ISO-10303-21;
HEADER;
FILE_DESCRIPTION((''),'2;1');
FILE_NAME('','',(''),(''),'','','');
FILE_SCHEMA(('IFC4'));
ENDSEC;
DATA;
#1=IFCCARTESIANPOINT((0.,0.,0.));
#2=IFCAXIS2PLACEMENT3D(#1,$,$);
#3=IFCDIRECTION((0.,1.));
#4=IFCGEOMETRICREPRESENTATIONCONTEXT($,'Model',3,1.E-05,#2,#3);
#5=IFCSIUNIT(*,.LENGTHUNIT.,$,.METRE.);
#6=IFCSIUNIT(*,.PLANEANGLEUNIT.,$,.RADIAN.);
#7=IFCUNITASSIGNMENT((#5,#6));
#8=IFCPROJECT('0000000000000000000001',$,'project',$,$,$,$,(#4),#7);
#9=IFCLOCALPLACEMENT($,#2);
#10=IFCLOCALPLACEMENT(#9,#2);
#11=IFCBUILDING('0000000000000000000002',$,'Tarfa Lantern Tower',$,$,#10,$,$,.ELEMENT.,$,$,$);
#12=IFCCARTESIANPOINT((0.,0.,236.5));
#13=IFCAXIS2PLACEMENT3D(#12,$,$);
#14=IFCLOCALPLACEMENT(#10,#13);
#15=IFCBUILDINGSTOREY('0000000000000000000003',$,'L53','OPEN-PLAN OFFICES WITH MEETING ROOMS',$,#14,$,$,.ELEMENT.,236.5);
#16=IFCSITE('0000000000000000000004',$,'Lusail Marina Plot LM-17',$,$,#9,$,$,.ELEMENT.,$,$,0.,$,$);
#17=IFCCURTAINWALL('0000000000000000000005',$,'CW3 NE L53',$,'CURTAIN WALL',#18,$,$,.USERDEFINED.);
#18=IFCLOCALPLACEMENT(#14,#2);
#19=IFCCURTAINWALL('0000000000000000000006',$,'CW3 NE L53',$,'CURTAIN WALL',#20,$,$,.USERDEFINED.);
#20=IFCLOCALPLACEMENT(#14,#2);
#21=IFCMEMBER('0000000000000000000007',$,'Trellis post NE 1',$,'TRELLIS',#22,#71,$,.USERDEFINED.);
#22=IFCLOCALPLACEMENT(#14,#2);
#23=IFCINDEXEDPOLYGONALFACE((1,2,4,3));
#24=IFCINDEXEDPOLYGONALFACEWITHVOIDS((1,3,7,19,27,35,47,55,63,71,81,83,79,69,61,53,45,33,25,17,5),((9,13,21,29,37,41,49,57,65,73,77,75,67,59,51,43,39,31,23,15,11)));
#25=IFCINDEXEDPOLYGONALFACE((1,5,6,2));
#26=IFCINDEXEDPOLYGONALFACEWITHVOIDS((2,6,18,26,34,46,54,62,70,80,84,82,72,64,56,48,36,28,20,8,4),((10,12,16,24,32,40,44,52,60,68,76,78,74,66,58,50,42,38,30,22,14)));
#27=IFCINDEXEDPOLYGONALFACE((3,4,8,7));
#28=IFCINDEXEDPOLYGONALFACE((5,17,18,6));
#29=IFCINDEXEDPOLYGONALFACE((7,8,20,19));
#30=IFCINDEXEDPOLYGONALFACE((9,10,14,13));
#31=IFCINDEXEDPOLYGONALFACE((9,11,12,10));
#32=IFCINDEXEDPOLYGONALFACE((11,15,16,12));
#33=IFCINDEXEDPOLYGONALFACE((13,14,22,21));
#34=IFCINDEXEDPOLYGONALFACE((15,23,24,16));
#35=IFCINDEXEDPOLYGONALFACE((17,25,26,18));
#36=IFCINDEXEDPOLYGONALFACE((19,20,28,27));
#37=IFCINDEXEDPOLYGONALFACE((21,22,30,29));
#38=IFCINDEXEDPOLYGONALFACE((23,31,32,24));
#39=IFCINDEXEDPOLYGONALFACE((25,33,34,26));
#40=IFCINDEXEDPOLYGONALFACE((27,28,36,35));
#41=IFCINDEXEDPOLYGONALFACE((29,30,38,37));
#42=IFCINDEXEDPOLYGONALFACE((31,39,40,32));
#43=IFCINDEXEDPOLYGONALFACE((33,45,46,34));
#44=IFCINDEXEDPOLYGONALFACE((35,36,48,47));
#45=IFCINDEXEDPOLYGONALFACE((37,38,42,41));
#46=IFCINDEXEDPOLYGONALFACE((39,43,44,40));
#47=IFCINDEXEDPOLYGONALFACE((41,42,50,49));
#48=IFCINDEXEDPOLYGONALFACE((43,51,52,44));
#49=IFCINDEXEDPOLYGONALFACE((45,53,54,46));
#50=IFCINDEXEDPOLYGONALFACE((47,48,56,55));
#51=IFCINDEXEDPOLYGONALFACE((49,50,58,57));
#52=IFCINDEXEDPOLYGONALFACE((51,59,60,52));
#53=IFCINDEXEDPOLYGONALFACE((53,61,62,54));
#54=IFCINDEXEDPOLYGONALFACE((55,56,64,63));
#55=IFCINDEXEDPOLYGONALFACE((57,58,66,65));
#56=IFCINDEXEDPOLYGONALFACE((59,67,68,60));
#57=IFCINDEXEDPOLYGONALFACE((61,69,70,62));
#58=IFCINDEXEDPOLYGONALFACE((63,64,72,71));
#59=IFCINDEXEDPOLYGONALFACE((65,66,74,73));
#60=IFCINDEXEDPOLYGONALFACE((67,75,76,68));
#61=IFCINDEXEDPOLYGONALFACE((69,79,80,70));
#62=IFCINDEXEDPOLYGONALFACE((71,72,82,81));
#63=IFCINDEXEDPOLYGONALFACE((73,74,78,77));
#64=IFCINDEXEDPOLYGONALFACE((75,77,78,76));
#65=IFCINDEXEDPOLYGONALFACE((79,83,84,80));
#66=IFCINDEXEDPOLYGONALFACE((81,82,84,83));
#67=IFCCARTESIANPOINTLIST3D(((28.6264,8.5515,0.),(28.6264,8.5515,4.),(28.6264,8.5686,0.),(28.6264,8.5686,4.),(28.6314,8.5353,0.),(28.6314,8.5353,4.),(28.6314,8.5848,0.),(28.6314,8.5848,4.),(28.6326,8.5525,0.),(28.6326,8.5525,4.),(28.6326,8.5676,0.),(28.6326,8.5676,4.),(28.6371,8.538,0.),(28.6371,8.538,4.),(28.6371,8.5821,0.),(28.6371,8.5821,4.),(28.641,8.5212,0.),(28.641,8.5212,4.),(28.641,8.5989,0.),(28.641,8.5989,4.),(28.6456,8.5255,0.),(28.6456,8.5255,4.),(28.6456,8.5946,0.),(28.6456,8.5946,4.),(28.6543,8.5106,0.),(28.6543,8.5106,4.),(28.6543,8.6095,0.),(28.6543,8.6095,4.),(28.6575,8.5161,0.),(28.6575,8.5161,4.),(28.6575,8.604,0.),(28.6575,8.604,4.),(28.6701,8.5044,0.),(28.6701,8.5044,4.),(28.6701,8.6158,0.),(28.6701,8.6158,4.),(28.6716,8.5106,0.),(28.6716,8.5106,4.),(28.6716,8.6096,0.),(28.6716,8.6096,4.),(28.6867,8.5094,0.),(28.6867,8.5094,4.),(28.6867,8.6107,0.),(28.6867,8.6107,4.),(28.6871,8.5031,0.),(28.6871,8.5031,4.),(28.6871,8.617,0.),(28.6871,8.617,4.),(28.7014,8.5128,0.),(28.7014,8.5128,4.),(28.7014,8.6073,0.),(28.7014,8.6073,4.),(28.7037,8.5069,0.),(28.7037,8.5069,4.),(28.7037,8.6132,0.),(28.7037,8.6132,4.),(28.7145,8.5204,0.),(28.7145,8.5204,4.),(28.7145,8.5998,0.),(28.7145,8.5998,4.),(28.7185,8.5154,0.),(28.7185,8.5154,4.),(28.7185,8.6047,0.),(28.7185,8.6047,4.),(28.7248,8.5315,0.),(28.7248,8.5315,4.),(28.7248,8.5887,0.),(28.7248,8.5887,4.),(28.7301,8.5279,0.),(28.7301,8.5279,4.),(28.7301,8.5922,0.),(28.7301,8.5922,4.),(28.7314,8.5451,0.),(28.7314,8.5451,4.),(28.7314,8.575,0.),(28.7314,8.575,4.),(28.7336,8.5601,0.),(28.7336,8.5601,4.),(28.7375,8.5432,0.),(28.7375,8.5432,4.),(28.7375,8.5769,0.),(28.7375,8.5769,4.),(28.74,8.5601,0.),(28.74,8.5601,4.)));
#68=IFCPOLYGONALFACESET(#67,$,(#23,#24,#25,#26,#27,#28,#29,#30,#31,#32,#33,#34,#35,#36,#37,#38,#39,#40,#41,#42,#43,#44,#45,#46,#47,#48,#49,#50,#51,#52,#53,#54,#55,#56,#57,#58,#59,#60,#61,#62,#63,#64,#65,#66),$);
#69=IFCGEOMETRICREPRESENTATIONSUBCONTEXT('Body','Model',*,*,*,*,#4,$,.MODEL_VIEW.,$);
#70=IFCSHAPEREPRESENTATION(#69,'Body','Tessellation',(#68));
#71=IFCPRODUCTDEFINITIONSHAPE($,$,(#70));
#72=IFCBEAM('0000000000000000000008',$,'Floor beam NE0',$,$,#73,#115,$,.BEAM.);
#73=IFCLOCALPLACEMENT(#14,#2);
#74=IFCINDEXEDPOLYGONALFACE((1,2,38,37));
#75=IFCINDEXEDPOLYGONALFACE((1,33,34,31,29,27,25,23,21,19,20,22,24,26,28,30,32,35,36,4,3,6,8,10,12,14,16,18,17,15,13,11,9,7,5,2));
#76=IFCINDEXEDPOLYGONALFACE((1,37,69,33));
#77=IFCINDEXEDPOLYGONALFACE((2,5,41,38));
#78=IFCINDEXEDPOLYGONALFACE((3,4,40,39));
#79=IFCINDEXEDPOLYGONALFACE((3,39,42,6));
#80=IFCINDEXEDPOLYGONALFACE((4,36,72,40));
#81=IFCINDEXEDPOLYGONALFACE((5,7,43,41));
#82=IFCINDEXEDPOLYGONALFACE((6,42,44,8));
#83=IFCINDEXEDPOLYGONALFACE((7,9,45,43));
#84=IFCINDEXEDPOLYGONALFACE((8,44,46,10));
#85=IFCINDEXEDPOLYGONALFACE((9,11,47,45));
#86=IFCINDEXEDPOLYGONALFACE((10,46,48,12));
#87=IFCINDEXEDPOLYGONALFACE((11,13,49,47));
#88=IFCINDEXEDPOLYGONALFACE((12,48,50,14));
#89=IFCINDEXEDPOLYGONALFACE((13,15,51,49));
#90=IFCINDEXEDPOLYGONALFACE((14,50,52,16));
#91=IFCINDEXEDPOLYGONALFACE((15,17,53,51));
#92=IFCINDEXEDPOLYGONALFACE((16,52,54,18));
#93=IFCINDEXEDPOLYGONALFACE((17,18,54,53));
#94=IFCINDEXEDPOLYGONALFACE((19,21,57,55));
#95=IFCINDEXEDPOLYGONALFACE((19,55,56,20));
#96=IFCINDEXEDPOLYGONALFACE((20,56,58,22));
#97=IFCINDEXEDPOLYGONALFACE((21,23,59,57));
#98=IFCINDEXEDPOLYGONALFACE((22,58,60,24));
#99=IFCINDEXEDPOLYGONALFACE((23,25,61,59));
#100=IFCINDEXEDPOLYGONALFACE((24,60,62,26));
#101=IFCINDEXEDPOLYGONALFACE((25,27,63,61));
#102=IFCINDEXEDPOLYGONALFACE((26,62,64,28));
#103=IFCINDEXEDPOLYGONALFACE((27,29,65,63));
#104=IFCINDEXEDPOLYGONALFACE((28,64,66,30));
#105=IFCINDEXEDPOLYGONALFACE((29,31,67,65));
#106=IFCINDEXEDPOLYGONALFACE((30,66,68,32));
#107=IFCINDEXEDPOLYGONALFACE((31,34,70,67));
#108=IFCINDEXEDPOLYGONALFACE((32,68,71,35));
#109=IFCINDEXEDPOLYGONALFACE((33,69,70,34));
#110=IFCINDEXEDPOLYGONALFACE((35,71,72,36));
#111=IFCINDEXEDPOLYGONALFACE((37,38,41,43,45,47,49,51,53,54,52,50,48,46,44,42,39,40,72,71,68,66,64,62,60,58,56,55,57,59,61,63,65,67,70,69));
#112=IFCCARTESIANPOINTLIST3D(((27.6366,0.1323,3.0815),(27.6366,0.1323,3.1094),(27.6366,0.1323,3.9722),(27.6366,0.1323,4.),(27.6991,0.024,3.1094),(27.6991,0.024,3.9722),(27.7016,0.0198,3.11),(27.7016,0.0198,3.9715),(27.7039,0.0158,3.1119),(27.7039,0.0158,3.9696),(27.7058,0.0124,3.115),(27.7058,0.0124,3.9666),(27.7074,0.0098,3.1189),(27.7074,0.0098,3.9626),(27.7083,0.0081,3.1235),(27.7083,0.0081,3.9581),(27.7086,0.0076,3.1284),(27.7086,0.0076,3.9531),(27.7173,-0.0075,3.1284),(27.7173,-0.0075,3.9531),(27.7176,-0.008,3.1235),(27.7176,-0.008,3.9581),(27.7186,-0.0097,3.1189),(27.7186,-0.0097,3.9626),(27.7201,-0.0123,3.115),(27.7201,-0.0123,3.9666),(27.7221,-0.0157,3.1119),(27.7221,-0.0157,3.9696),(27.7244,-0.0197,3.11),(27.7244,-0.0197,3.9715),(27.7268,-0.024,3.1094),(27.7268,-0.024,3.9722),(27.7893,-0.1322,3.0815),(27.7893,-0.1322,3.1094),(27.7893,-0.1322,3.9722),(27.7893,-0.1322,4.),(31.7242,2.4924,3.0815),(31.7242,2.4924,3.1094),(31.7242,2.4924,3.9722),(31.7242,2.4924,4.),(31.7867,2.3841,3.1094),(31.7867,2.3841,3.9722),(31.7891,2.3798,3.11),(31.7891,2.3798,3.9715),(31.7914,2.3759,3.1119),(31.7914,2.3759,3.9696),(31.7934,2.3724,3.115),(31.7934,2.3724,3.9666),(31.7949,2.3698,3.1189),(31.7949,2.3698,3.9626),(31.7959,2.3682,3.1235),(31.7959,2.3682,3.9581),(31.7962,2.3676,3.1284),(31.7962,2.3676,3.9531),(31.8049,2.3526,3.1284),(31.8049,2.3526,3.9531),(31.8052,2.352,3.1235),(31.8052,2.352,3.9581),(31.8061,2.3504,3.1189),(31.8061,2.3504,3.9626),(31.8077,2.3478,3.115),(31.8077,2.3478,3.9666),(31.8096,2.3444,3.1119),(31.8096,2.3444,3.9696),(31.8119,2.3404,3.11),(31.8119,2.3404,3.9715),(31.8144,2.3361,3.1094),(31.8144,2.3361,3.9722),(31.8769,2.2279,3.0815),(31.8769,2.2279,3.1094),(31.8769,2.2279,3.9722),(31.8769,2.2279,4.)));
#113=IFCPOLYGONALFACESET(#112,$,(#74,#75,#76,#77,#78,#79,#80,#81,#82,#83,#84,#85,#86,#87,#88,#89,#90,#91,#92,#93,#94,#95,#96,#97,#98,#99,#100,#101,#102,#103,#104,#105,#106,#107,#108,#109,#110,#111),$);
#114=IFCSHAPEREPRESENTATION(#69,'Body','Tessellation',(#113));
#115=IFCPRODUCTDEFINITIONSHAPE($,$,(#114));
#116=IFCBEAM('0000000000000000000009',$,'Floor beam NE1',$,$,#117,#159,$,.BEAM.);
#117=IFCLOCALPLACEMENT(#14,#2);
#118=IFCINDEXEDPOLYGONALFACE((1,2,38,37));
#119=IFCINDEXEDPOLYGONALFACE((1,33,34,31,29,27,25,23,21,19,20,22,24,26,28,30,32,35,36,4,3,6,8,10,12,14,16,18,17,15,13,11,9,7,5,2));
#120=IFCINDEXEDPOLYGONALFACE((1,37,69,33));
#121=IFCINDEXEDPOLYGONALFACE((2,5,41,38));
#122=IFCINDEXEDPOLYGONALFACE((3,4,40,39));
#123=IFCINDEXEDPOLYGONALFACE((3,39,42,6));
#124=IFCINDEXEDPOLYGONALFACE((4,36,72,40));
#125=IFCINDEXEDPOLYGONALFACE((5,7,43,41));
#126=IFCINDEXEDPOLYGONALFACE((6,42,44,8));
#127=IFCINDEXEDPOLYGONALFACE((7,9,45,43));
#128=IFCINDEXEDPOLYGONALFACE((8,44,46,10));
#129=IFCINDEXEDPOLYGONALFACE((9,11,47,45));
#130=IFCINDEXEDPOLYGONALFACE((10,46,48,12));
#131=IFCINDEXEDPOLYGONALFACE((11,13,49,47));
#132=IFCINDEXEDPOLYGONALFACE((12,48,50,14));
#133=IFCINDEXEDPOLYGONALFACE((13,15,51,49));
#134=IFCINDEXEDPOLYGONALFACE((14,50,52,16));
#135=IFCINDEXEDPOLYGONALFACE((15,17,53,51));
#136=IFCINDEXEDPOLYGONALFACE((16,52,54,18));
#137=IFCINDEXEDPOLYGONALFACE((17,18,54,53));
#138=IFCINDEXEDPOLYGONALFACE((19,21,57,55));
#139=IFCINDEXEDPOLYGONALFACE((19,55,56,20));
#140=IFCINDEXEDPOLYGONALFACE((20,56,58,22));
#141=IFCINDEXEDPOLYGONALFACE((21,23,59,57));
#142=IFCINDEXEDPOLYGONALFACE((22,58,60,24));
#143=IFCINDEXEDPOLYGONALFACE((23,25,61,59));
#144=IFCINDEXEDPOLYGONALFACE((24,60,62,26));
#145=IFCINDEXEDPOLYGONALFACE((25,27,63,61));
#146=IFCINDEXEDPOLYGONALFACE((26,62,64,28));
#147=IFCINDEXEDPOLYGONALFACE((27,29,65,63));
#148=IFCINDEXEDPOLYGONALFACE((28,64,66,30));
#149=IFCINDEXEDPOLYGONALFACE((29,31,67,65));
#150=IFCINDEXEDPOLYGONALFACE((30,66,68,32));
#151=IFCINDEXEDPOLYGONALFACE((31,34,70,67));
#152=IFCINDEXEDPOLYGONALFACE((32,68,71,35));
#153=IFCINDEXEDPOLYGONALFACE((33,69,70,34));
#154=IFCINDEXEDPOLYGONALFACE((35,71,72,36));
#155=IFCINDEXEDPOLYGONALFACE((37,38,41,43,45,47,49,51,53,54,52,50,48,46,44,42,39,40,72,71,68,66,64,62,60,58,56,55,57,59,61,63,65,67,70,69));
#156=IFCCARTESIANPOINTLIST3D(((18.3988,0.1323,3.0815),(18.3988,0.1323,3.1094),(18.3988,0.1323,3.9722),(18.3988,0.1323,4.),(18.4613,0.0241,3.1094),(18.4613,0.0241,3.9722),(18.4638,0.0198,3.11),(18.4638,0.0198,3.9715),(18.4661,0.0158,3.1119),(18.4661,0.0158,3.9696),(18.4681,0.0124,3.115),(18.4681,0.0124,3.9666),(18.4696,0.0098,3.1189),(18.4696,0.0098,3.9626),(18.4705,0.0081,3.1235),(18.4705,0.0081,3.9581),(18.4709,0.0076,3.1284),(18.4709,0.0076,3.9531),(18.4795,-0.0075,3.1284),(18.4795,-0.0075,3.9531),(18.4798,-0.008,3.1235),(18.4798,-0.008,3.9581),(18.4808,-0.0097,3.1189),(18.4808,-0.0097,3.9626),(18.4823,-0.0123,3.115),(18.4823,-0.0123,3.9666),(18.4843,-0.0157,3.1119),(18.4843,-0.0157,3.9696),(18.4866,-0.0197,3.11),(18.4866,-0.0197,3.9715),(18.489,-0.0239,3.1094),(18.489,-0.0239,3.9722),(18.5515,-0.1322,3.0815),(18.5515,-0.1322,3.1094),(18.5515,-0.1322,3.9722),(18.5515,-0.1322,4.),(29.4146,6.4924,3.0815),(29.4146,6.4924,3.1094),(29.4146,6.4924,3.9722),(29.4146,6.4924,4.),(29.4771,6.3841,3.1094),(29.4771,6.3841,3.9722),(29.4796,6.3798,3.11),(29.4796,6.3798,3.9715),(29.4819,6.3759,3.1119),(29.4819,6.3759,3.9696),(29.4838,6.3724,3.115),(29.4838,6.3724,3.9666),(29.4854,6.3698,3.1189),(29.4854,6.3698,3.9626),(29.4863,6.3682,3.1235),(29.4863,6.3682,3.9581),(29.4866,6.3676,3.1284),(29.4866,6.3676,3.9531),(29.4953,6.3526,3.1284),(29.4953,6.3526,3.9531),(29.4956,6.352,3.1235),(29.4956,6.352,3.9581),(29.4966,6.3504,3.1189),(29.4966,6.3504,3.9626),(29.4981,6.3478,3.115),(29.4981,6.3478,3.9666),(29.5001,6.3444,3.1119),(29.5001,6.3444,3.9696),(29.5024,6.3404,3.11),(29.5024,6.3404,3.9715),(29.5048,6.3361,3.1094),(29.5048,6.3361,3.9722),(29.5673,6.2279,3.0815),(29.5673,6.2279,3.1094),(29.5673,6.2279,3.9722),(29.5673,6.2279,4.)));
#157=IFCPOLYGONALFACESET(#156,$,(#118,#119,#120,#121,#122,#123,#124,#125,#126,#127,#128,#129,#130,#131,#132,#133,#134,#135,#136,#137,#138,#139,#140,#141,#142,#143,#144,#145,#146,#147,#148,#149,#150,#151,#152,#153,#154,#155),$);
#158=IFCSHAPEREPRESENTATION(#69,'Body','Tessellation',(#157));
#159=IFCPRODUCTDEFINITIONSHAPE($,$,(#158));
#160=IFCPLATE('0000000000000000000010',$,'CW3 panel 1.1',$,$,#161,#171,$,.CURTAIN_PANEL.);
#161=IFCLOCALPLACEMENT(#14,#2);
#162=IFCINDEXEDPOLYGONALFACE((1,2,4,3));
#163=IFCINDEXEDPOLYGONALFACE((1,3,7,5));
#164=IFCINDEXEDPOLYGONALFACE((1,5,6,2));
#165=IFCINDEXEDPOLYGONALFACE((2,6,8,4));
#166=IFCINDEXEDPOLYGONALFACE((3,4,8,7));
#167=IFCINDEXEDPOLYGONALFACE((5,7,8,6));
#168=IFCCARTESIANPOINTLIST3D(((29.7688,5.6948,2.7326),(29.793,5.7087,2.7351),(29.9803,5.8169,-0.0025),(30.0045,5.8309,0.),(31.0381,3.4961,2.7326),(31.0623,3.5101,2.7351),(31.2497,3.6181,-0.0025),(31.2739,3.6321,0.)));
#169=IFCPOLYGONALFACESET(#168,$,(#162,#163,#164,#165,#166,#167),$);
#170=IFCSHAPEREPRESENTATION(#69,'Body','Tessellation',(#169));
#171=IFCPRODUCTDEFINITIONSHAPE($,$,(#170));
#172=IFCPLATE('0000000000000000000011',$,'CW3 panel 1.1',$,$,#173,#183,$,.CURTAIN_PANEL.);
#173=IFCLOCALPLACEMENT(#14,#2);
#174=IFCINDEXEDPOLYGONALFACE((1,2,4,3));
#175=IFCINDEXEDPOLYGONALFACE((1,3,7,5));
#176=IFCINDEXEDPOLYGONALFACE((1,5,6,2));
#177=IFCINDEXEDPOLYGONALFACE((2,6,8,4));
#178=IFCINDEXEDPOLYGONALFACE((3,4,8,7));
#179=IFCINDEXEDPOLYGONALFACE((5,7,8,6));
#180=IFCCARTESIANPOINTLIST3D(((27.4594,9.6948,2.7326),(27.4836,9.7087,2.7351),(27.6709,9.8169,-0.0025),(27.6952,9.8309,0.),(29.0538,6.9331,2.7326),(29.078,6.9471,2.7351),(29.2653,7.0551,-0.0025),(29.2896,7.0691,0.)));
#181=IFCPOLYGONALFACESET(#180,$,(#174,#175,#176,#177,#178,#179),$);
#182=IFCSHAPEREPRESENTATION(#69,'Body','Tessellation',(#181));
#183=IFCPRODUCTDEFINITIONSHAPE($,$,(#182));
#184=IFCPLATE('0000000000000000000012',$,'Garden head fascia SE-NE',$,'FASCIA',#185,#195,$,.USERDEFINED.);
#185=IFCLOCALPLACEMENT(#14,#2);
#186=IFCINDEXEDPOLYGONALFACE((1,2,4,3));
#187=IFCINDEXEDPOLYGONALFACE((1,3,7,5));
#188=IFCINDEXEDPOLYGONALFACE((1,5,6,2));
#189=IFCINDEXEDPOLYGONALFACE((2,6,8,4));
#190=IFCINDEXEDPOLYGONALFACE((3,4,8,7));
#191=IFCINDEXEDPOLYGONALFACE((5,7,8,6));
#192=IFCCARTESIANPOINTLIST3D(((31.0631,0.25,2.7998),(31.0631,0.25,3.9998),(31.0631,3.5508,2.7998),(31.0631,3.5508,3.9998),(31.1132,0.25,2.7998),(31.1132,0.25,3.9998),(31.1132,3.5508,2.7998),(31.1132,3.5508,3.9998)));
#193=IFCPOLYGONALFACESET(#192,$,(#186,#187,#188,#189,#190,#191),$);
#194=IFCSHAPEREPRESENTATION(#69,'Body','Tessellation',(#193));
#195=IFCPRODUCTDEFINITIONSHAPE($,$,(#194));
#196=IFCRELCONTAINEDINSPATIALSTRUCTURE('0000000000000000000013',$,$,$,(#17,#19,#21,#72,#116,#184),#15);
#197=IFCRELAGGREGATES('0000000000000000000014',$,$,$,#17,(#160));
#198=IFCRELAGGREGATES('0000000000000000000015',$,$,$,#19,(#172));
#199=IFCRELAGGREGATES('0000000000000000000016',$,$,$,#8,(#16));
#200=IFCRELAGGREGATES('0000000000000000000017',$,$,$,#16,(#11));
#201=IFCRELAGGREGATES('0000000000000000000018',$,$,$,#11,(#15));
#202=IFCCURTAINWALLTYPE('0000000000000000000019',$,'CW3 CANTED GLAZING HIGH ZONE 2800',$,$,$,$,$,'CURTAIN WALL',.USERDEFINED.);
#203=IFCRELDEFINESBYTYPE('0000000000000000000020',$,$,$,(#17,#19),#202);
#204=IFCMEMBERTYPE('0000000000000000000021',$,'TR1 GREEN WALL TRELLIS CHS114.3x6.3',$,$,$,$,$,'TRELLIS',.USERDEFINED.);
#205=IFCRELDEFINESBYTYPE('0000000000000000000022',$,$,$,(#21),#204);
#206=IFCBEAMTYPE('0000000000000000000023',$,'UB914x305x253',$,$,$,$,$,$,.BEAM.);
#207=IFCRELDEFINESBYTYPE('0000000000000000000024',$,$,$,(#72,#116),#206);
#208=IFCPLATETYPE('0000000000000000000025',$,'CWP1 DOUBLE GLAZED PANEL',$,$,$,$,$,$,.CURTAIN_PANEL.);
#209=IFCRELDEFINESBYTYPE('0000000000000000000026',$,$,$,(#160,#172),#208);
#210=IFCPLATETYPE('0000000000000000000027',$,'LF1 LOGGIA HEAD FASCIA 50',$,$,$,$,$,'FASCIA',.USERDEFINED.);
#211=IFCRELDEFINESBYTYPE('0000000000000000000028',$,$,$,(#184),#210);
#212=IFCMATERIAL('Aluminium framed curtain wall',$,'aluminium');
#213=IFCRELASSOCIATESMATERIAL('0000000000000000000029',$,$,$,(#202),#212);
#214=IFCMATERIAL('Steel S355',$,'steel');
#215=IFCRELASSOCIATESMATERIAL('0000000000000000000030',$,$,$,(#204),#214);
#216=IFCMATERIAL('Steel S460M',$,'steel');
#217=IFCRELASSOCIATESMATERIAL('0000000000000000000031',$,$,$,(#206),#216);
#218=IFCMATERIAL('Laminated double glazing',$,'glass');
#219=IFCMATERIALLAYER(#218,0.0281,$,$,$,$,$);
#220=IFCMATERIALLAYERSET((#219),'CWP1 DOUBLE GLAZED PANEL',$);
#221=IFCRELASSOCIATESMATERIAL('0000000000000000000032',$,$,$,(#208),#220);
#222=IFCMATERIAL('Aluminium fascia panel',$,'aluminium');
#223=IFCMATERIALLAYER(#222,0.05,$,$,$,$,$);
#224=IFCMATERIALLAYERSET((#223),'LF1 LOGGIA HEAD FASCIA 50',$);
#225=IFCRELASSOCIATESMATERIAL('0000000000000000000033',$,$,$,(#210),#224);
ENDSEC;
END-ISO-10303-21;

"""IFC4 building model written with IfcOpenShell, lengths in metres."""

from ifc_helpers import new_model, si_unit, direction, frame, origin, origin_2d, place, context, subcontext, project, spatial, polyline, rectangle, hollow_circle, i_section, outline, extrude, material, layer, layer_set, material_profile, profile_set, type_object, element, aggregate, save


model = new_model("IFC4")

# Units and contexts
model_context = context("Model", 3, precision=1e-05, world=origin(), true_north=direction((0.0, 1.0)))
body_context = subcontext(model_context, "Body", "Model", "MODEL_VIEW")
ifc_project = project(units=[si_unit("LENGTHUNIT", "METRE"), si_unit("PLANEANGLEUNIT", "RADIAN")], contexts=[model_context])

# Site, building, storey
site_placement = place(None, origin())
site = spatial("IfcSite", under=ifc_project, at=site_placement, Name="Lusail Marina Plot LM-17", CompositionType="ELEMENT", RefElevation=0.0)
building_placement = place(site_placement, origin())
building = spatial("IfcBuilding", under=site, at=building_placement, Name="Tarfa Lantern Tower", CompositionType="ELEMENT")
storey_placement = place(building_placement, frame((0.0, 0.0, 236.5)))
storey = spatial("IfcBuildingStorey", under=building, at=storey_placement, Name="L53", Description="OPEN-PLAN OFFICES WITH MEETING ROOMS", CompositionType="ELEMENT", Elevation=236.5)

# Curtain walls
ifc_material_1 = material(Name="Aluminium framed curtain wall", Category="aluminium")
curtain_wall_type = type_object("IfcCurtainWallType", Name="CW3 CANTED GLAZING HIGH ZONE 2800", ElementType="CURTAIN WALL", PredefinedType="USERDEFINED", material=ifc_material_1)
curtain_wall_1_placement = place(storey_placement, origin())
curtain_wall_1 = element("IfcCurtainWall", 1, at=curtain_wall_1_placement, inside=storey, type_object=curtain_wall_type, Name="CW3 NE L53", ObjectType="CURTAIN WALL", PredefinedType="USERDEFINED")
curtain_wall_2_placement = place(storey_placement, origin())
curtain_wall_2 = element("IfcCurtainWall", 2, at=curtain_wall_2_placement, inside=storey, type_object=curtain_wall_type, Name="CW3 NE L53", ObjectType="CURTAIN WALL", PredefinedType="USERDEFINED")

# Member
ifc_material_2 = material(Name="Steel S355", Category="steel")
ifc_material_profile_1 = material_profile(ifc_material_2, hollow_circle(Radius=0.0571, WallThickness=0.0063, at=origin_2d()), Name="CHS114.3x6.3")
ifc_profile_set_1 = profile_set([ifc_material_profile_1], Name="Steel S355")
member_type_1 = type_object("IfcMemberType", Name="TR1 GREEN WALL TRELLIS CHS114.3x6.3", ElementType="TRELLIS", PredefinedType="USERDEFINED", material=ifc_profile_set_1)
member_1_placement = place(storey_placement, frame((28.6829, 8.5601, 0.0), z_axis=(0.0, 0.0, 1.0), x_axis=(1.0, 0.0, 0.0)))
element("IfcMember", 3, at=member_1_placement, inside=storey, type_object=member_type_1, Name="Trellis post NE 1", ObjectType="TRELLIS", PredefinedType="USERDEFINED", context=body_context, shape_type="SweptSolid", body=[
    extrude(hollow_circle(Radius=0.0571, WallThickness=0.0063, at=origin_2d()), origin(), (0.0, 0.0, 1.0), 4.0),
])

# Beams
ifc_material_3 = material(Name="Steel S460M", Category="steel")
ifc_material_profile_2 = material_profile(ifc_material_3, i_section(OverallWidth=0.3054, OverallDepth=0.9185, WebThickness=0.0173, FlangeThickness=0.0278, FilletRadius=0.019, at=origin_2d()), Name="UB914x305x253")
ifc_profile_set_2 = profile_set([ifc_material_profile_2], Name="Steel S460M")
beam_type_1 = type_object("IfcBeamType", Name="UB914x305x253", PredefinedType="BEAM", material=ifc_profile_set_2)
beam_1_placement = place(storey_placement, frame((31.8005, 2.3601, 3.5408), z_axis=(-0.866016, -0.500016, 0.0), x_axis=(0.500016, -0.866016, 0.0)))
element("IfcBeam", 4, at=beam_1_placement, inside=storey, type_object=beam_type_1, Name="Floor beam NE0", PredefinedType="BEAM", context=body_context, shape_type="SweptSolid", body=[
    extrude(i_section(OverallWidth=0.3054, OverallDepth=0.9185, WebThickness=0.0173, FlangeThickness=0.0278, FilletRadius=0.019, at=origin_2d()), origin(), (0.0, 0.0, 1.0), 4.72),
])
beam_2_placement = place(storey_placement, frame((29.491, 6.3601, 3.5408), z_axis=(-0.866022, -0.500005, 0.0), x_axis=(0.500005, -0.866022, 0.0)))
element("IfcBeam", 5, at=beam_2_placement, inside=storey, type_object=beam_type_1, Name="Floor beam NE1", PredefinedType="BEAM", context=body_context, shape_type="SweptSolid", body=[
    extrude(i_section(OverallWidth=0.3054, OverallDepth=0.9185, WebThickness=0.0173, FlangeThickness=0.0278, FilletRadius=0.019, at=origin_2d()), origin(), (0.0, 0.0, 1.0), 12.72),
])

# Plates
ifc_material_4 = material(Name="Laminated double glazing", Category="glass")
ifc_layer_1 = layer(ifc_material_4, 0.0281)
ifc_layer_set_1 = layer_set([ifc_layer_1], Name="CWP1 DOUBLE GLAZED PANEL")
plate_type_1 = type_object("IfcPlateType", Name="CWP1 DOUBLE GLAZED PANEL", PredefinedType="CURTAIN_PANEL", material=ifc_layer_set_1)
plate_1_placement = place(storey_placement, frame((31.2739, 3.6321, 0.0), z_axis=(0.862598, 0.49801, 0.088945), x_axis=(-0.499992, 0.86603, 0.000004)))
plate_1 = element("IfcPlate", 6, at=plate_1_placement, type_object=plate_type_1, Name="CW3 panel 1.1", PredefinedType="CURTAIN_PANEL", context=body_context, shape_type="SweptSolid", body=[
    extrude(outline(polyline([(0.0, 0.0), (2.5389, 0.0), (2.5389, 2.746), (0.0001, 2.746), (0.0, 0.0)])), origin(), (0.0, 0.0, -1.0), 0.0281),
])
aggregate(curtain_wall_1, [plate_1])
plate_2_placement = place(storey_placement, frame((29.2896, 7.0691, 0.0), z_axis=(0.862609, 0.49799, 0.088945), x_axis=(-0.499972, 0.866041, 0.000003)))
plate_2 = element("IfcPlate", 7, at=plate_2_placement, type_object=plate_type_1, Name="CW3 panel 1.1", PredefinedType="CURTAIN_PANEL", context=body_context, shape_type="SweptSolid", body=[
    extrude(outline(polyline([(0.0, 0.0), (3.189, 0.0), (3.189, 2.746), (0.0001, 2.746), (0.0, 0.0)])), origin(), (0.0, 0.0, -1.0), 0.0281),
])
aggregate(curtain_wall_2, [plate_2])
ifc_material_5 = material(Name="Aluminium fascia panel", Category="aluminium")
ifc_layer_2 = layer(ifc_material_5, 0.05)
ifc_layer_set_2 = layer_set([ifc_layer_2], Name="LF1 LOGGIA HEAD FASCIA 50")
plate_type_2 = type_object("IfcPlateType", Name="LF1 LOGGIA HEAD FASCIA 50", ElementType="FASCIA", PredefinedType="USERDEFINED", material=ifc_layer_set_2)
plate_3_placement = place(storey_placement, frame((31.0881, 1.9004, 2.7998), z_axis=(0.0, 0.0, 1.0), x_axis=(0.0, 1.0, 0.0)))
element("IfcPlate", 8, at=plate_3_placement, inside=storey, type_object=plate_type_2, Name="Garden head fascia SE-NE", ObjectType="FASCIA", PredefinedType="USERDEFINED", context=body_context, shape_type="SweptSolid", body=[
    extrude(rectangle(XDim=3.3008, YDim=0.05, at=origin_2d()), origin(), (0.0, 0.0, 1.0), 1.2),
])

save(model, "model.ifc")
